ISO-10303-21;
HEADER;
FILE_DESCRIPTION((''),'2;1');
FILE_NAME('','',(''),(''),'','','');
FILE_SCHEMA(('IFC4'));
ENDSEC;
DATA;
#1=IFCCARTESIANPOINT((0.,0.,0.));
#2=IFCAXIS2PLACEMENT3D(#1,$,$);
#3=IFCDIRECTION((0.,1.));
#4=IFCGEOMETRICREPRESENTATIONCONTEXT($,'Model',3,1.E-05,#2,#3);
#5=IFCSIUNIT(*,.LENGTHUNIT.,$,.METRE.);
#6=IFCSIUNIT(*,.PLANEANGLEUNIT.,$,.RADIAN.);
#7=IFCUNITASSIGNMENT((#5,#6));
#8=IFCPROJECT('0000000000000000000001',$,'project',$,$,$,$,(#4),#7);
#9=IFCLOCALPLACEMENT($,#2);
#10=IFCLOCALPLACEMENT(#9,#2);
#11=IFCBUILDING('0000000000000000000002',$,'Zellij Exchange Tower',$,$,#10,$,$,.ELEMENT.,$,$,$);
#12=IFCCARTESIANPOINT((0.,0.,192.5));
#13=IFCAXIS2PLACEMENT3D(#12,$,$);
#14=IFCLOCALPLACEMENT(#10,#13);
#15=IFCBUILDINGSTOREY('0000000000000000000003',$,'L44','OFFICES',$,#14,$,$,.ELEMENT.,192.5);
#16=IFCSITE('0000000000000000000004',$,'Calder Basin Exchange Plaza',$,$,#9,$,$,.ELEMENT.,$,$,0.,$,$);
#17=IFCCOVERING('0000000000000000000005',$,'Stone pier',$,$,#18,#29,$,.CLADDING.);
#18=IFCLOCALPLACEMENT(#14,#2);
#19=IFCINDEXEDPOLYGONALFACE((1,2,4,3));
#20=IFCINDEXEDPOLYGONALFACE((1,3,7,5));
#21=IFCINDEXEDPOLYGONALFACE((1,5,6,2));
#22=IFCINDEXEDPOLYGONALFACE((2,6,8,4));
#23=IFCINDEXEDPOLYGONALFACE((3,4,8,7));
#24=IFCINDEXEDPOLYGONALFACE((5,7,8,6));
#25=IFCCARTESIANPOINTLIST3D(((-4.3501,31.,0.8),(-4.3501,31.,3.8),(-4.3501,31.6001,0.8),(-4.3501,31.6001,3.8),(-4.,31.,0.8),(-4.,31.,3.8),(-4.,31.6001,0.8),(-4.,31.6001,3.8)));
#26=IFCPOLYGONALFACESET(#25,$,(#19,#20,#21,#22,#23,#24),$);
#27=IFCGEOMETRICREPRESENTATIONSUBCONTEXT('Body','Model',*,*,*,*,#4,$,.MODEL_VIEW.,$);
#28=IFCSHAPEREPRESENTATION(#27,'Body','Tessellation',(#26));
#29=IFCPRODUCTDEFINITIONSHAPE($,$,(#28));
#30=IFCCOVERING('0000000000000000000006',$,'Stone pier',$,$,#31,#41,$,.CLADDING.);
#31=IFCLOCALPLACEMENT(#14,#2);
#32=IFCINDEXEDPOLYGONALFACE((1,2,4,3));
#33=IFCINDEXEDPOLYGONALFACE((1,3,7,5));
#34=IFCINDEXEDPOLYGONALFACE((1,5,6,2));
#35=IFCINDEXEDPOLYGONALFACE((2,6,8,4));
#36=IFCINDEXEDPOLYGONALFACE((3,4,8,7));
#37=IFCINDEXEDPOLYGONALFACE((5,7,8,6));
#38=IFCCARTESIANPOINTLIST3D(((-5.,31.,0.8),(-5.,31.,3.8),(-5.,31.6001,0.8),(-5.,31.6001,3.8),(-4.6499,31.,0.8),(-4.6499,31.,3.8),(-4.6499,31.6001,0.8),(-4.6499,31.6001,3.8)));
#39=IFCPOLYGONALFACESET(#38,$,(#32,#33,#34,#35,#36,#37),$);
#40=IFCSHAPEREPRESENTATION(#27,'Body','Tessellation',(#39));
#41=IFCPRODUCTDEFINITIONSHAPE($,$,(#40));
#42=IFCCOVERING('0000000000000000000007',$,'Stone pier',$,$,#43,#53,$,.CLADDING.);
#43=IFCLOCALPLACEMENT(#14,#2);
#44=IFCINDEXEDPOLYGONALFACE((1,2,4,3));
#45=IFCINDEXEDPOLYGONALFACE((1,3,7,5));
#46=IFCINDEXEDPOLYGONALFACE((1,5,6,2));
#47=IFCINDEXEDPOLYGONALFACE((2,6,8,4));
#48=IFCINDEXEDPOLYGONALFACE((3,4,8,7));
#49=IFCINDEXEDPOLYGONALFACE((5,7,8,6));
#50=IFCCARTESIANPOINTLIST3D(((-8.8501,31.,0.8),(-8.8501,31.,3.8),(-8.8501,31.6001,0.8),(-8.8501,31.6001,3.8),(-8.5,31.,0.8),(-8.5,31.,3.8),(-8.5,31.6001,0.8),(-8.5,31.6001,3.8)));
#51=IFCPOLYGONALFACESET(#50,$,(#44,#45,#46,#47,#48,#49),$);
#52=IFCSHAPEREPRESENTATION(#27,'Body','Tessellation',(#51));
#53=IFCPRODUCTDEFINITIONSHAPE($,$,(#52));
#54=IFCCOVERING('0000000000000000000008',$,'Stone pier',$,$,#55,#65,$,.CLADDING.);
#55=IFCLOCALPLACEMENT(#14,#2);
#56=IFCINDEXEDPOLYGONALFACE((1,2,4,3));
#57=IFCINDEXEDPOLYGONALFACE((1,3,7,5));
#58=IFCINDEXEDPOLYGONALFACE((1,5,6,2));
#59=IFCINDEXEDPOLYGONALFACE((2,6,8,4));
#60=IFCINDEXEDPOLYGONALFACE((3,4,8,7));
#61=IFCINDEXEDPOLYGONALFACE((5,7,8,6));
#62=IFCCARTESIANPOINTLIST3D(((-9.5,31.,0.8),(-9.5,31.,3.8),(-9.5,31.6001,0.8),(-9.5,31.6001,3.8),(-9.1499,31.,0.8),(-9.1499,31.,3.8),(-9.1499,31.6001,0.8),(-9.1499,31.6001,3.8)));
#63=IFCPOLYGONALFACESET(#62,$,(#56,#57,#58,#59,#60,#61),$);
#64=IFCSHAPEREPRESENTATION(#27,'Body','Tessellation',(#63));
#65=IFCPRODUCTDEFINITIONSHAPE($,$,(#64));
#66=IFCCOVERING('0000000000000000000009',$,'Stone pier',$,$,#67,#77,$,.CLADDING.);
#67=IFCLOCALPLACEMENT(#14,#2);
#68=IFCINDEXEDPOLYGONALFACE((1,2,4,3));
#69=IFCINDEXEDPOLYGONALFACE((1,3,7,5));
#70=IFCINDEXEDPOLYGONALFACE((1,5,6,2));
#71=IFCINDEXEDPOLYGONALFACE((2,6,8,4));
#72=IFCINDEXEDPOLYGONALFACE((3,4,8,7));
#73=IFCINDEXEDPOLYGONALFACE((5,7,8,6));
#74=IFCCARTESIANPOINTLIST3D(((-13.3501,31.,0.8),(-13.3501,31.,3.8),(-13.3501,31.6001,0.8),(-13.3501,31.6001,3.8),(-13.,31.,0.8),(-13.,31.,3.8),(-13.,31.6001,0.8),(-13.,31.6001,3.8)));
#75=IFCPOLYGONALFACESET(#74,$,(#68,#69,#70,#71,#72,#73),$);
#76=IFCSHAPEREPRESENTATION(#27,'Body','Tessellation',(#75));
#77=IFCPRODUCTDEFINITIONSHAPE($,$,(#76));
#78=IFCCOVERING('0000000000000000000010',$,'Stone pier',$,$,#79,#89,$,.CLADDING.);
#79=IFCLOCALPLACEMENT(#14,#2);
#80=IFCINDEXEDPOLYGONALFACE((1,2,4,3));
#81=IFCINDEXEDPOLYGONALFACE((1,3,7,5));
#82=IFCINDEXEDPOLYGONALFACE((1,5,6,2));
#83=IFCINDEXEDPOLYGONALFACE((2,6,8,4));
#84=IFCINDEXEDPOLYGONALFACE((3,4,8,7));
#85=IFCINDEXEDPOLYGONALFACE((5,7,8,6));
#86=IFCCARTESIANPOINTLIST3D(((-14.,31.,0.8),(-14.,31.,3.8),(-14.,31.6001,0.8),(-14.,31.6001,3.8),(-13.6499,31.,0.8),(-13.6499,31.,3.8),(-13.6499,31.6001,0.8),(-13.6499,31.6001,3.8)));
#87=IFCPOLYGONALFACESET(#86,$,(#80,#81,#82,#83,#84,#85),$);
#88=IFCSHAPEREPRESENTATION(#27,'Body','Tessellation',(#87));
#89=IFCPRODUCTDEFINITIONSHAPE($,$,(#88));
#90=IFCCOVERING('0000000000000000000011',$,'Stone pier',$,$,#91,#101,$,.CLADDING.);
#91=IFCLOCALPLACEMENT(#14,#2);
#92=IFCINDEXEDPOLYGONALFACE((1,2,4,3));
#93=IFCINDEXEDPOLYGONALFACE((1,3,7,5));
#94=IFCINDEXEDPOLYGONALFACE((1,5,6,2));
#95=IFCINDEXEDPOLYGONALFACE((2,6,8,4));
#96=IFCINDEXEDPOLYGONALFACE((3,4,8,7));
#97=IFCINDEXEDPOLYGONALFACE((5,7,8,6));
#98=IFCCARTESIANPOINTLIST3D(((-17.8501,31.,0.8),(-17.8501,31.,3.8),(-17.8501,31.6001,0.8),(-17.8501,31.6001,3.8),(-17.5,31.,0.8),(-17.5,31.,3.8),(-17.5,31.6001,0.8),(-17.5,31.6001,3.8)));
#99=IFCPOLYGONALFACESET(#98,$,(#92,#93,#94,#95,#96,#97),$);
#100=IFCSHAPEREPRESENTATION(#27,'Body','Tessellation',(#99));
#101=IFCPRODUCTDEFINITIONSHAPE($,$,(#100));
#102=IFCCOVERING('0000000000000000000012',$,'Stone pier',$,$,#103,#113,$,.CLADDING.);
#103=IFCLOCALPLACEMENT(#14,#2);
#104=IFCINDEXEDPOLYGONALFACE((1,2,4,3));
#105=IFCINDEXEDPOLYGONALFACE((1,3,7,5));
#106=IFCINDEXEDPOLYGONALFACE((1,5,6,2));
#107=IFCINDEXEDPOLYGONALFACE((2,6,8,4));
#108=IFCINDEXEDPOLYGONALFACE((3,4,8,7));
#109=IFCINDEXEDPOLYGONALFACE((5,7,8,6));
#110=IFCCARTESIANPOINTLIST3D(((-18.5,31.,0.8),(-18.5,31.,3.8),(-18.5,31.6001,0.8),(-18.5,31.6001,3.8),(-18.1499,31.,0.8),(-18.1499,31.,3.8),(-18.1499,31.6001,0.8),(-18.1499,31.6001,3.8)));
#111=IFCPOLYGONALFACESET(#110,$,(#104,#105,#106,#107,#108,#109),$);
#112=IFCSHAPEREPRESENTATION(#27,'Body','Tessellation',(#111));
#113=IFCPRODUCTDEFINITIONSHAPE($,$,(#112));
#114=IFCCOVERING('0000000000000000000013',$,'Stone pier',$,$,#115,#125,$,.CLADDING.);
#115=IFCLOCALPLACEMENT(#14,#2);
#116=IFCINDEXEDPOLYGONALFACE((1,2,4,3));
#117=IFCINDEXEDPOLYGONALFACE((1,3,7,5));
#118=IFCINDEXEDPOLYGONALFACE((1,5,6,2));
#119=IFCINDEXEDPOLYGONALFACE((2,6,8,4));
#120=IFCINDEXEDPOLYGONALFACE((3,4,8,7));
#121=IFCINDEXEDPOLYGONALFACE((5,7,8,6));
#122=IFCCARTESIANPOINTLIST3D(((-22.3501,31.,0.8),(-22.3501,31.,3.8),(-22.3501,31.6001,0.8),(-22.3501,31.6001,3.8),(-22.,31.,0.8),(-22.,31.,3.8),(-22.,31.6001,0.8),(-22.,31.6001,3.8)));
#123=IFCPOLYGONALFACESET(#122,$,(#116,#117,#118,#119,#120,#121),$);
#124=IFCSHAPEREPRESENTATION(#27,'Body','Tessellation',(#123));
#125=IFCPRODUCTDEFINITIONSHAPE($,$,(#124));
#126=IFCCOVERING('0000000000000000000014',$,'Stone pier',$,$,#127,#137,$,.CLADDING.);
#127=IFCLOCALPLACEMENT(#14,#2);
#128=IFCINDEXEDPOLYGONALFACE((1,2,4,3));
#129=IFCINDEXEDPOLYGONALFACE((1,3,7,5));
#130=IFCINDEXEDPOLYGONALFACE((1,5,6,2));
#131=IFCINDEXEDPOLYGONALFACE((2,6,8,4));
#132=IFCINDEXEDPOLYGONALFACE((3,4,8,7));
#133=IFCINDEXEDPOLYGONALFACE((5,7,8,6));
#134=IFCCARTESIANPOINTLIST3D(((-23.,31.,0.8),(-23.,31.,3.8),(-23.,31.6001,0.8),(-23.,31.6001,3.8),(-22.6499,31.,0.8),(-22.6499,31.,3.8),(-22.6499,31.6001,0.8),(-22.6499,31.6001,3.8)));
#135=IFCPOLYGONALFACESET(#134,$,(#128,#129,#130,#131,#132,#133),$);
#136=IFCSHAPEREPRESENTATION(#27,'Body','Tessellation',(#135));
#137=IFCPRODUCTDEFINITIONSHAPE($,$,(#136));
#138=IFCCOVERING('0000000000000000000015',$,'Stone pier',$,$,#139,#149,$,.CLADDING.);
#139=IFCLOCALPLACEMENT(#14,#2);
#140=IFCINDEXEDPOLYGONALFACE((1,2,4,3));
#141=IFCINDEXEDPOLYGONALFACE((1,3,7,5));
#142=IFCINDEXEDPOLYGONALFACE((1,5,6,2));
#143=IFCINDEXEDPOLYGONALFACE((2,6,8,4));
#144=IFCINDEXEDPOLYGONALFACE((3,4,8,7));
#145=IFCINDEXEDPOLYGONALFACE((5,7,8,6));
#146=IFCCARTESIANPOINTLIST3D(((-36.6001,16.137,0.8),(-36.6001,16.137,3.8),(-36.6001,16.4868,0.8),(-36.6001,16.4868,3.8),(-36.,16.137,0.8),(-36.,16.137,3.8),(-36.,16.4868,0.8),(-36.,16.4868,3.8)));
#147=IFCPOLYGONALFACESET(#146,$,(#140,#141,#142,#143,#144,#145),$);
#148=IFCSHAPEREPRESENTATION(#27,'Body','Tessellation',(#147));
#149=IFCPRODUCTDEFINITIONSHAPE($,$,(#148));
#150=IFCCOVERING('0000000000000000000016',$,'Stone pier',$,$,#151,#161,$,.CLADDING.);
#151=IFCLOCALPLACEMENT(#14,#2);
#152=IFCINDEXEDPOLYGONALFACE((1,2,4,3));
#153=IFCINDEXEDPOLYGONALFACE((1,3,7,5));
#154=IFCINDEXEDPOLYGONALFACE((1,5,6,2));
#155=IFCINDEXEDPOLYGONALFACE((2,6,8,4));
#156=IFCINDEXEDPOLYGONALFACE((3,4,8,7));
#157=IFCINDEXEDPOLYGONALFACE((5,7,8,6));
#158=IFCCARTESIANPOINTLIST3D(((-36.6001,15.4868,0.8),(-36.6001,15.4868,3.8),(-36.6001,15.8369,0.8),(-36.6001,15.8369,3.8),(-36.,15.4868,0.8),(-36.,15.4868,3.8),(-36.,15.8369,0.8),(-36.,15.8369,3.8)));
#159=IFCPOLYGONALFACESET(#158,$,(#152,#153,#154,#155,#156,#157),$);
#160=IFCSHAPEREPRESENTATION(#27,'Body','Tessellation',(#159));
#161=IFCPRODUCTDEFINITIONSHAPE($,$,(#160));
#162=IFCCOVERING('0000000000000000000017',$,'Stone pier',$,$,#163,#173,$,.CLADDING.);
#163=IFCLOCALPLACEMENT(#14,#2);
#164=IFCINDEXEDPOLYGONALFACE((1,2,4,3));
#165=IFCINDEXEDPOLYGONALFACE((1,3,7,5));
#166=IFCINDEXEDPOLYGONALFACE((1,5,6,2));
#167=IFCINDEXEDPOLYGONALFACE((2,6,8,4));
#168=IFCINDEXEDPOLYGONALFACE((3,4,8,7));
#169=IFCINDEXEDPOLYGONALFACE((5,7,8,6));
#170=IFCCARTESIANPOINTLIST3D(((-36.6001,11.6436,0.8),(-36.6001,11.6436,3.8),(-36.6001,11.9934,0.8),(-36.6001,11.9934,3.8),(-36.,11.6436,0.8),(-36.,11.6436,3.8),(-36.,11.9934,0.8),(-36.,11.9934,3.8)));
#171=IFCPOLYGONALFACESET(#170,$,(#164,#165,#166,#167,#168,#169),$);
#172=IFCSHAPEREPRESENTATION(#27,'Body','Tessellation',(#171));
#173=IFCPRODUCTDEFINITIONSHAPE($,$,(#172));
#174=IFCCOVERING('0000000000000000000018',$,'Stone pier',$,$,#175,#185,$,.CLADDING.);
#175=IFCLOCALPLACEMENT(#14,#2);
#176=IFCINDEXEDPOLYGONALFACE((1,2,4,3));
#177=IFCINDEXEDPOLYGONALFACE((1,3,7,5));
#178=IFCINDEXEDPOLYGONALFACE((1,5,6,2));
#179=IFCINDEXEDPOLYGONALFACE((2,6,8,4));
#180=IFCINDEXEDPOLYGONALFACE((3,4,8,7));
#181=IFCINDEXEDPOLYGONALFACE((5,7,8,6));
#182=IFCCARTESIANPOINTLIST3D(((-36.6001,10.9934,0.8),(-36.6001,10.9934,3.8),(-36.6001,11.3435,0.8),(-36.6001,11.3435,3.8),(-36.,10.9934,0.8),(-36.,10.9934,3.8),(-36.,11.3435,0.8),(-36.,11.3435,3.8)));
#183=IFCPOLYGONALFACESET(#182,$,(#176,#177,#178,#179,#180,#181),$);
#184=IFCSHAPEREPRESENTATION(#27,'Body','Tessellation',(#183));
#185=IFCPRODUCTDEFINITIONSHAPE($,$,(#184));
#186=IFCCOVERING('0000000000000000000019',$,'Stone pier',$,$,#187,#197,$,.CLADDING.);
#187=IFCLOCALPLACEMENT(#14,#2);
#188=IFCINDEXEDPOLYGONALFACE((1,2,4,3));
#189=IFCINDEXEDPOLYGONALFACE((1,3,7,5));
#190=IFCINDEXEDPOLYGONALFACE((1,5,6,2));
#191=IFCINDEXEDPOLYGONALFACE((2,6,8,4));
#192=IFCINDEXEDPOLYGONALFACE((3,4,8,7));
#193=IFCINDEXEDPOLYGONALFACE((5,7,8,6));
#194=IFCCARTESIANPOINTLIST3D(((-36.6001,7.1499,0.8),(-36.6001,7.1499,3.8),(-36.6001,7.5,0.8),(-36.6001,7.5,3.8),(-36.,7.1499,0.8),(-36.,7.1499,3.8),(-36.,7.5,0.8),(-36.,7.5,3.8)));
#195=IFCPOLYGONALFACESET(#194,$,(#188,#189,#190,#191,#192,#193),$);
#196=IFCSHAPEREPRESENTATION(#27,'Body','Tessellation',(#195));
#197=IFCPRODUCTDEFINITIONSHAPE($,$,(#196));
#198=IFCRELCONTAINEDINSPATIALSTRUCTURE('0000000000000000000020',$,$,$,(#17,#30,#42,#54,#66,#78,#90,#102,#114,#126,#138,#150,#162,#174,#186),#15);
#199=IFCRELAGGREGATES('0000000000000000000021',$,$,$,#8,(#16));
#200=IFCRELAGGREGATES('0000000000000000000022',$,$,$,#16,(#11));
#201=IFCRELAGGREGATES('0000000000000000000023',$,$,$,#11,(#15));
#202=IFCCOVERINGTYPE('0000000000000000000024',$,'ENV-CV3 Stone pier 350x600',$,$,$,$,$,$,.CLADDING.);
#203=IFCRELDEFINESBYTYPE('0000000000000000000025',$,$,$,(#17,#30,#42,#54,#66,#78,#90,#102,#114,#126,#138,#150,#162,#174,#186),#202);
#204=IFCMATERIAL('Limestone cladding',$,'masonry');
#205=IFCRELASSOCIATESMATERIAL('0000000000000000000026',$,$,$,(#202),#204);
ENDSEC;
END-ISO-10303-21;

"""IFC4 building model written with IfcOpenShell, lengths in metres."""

from ifc_helpers import new_model, si_unit, direction, frame, origin, place, context, subcontext, project, spatial, polyline, outline, extrude, material, type_object, element, save


model = new_model("IFC4")

# Units and contexts
model_context = context("Model", 3, precision=1e-05, world=origin(), true_north=direction((0.0, 1.0)))
body_context = subcontext(model_context, "Body", "Model", "MODEL_VIEW")
ifc_project = project(units=[si_unit("LENGTHUNIT", "METRE"), si_unit("PLANEANGLEUNIT", "RADIAN")], contexts=[model_context])

# Site, building, storey
site_placement = place(None, origin())
site = spatial("IfcSite", under=ifc_project, at=site_placement, Name="Calder Basin Exchange Plaza", CompositionType="ELEMENT", RefElevation=0.0)
building_placement = place(site_placement, origin())
building = spatial("IfcBuilding", under=site, at=building_placement, Name="Zellij Exchange Tower", CompositionType="ELEMENT")
storey_placement = place(building_placement, frame((0.0, 0.0, 192.5)))
storey = spatial("IfcBuildingStorey", under=building, at=storey_placement, Name="L44", Description="OFFICES", CompositionType="ELEMENT", Elevation=192.5)

# Coverings
ifc_material = material(Name="Limestone cladding", Category="masonry")
covering_type_1 = type_object("IfcCoveringType", Name="ENV-CV3 Stone pier 350x600", PredefinedType="CLADDING", material=ifc_material)
covering_1_placement = place(storey_placement, frame((0.0, 0.0, 0.8)))
element("IfcCovering", 1, at=covering_1_placement, inside=storey, type_object=covering_type_1, Name="Stone pier", PredefinedType="CLADDING", context=body_context, shape_type="SweptSolid", body=[
    extrude(outline(polyline([(-4.0, 31.0), (-4.3501, 31.0), (-4.3501, 31.6001), (-4.0, 31.6001), (-4.0, 31.0)])), origin(), (0.0, 0.0, 1.0), 3.0),
])
covering_2_placement = place(storey_placement, frame((0.0, 0.0, 0.8)))
element("IfcCovering", 2, at=covering_2_placement, inside=storey, type_object=covering_type_1, Name="Stone pier", PredefinedType="CLADDING", context=body_context, shape_type="SweptSolid", body=[
    extrude(outline(polyline([(-4.6499, 31.0), (-5.0, 31.0), (-5.0, 31.6001), (-4.6499, 31.6001), (-4.6499, 31.0)])), origin(), (0.0, 0.0, 1.0), 3.0),
])
covering_3_placement = place(storey_placement, frame((0.0, 0.0, 0.8)))
element("IfcCovering", 3, at=covering_3_placement, inside=storey, type_object=covering_type_1, Name="Stone pier", PredefinedType="CLADDING", context=body_context, shape_type="SweptSolid", body=[
    extrude(outline(polyline([(-8.5, 31.0), (-8.8501, 31.0), (-8.8501, 31.6001), (-8.5, 31.6001), (-8.5, 31.0)])), origin(), (0.0, 0.0, 1.0), 3.0),
])
covering_4_placement = place(storey_placement, frame((0.0, 0.0, 0.8)))
element("IfcCovering", 4, at=covering_4_placement, inside=storey, type_object=covering_type_1, Name="Stone pier", PredefinedType="CLADDING", context=body_context, shape_type="SweptSolid", body=[
    extrude(outline(polyline([(-9.1499, 31.0), (-9.5, 31.0), (-9.5, 31.6001), (-9.1499, 31.6001), (-9.1499, 31.0)])), origin(), (0.0, 0.0, 1.0), 3.0),
])
covering_5_placement = place(storey_placement, frame((0.0, 0.0, 0.8)))
element("IfcCovering", 5, at=covering_5_placement, inside=storey, type_object=covering_type_1, Name="Stone pier", PredefinedType="CLADDING", context=body_context, shape_type="SweptSolid", body=[
    extrude(outline(polyline([(-13.0, 31.0), (-13.3501, 31.0), (-13.3501, 31.6001), (-13.0, 31.6001), (-13.0, 31.0)])), origin(), (0.0, 0.0, 1.0), 3.0),
])
covering_6_placement = place(storey_placement, frame((0.0, 0.0, 0.8)))
element("IfcCovering", 6, at=covering_6_placement, inside=storey, type_object=covering_type_1, Name="Stone pier", PredefinedType="CLADDING", context=body_context, shape_type="SweptSolid", body=[
    extrude(outline(polyline([(-13.6499, 31.0), (-14.0, 31.0), (-14.0, 31.6001), (-13.6499, 31.6001), (-13.6499, 31.0)])), origin(), (0.0, 0.0, 1.0), 3.0),
])
covering_7_placement = place(storey_placement, frame((0.0, 0.0, 0.8)))
element("IfcCovering", 7, at=covering_7_placement, inside=storey, type_object=covering_type_1, Name="Stone pier", PredefinedType="CLADDING", context=body_context, shape_type="SweptSolid", body=[
    extrude(outline(polyline([(-17.5, 31.0), (-17.8501, 31.0), (-17.8501, 31.6001), (-17.5, 31.6001), (-17.5, 31.0)])), origin(), (0.0, 0.0, 1.0), 3.0),
])
covering_8_placement = place(storey_placement, frame((0.0, 0.0, 0.8)))
element("IfcCovering", 8, at=covering_8_placement, inside=storey, type_object=covering_type_1, Name="Stone pier", PredefinedType="CLADDING", context=body_context, shape_type="SweptSolid", body=[
    extrude(outline(polyline([(-18.1499, 31.0), (-18.5, 31.0), (-18.5, 31.6001), (-18.1499, 31.6001), (-18.1499, 31.0)])), origin(), (0.0, 0.0, 1.0), 3.0),
])
covering_9_placement = place(storey_placement, frame((0.0, 0.0, 0.8)))
element("IfcCovering", 9, at=covering_9_placement, inside=storey, type_object=covering_type_1, Name="Stone pier", PredefinedType="CLADDING", context=body_context, shape_type="SweptSolid", body=[
    extrude(outline(polyline([(-22.0, 31.0), (-22.3501, 31.0), (-22.3501, 31.6001), (-22.0, 31.6001), (-22.0, 31.0)])), origin(), (0.0, 0.0, 1.0), 3.0),
])
covering_10_placement = place(storey_placement, frame((0.0, 0.0, 0.8)))
element("IfcCovering", 10, at=covering_10_placement, inside=storey, type_object=covering_type_1, Name="Stone pier", PredefinedType="CLADDING", context=body_context, shape_type="SweptSolid", body=[
    extrude(outline(polyline([(-22.6499, 31.0), (-23.0, 31.0), (-23.0, 31.6001), (-22.6499, 31.6001), (-22.6499, 31.0)])), origin(), (0.0, 0.0, 1.0), 3.0),
])
covering_11_placement = place(storey_placement, frame((0.0, 0.0, 0.8)))
element("IfcCovering", 11, at=covering_11_placement, inside=storey, type_object=covering_type_1, Name="Stone pier", PredefinedType="CLADDING", context=body_context, shape_type="SweptSolid", body=[
    extrude(outline(polyline([(-36.0, 16.4868), (-36.0, 16.137), (-36.6001, 16.137), (-36.6001, 16.4868), (-36.0, 16.4868)])), origin(), (0.0, 0.0, 1.0), 3.0),
])
covering_12_placement = place(storey_placement, frame((0.0, 0.0, 0.8)))
element("IfcCovering", 12, at=covering_12_placement, inside=storey, type_object=covering_type_1, Name="Stone pier", PredefinedType="CLADDING", context=body_context, shape_type="SweptSolid", body=[
    extrude(outline(polyline([(-36.0, 15.8369), (-36.0, 15.4868), (-36.6001, 15.4868), (-36.6001, 15.8369), (-36.0, 15.8369)])), origin(), (0.0, 0.0, 1.0), 3.0),
])
covering_13_placement = place(storey_placement, frame((0.0, 0.0, 0.8)))
element("IfcCovering", 13, at=covering_13_placement, inside=storey, type_object=covering_type_1, Name="Stone pier", PredefinedType="CLADDING", context=body_context, shape_type="SweptSolid", body=[
    extrude(outline(polyline([(-36.0, 11.9934), (-36.0, 11.6436), (-36.6001, 11.6436), (-36.6001, 11.9934), (-36.0, 11.9934)])), origin(), (0.0, 0.0, 1.0), 3.0),
])
covering_14_placement = place(storey_placement, frame((0.0, 0.0, 0.8)))
element("IfcCovering", 14, at=covering_14_placement, inside=storey, type_object=covering_type_1, Name="Stone pier", PredefinedType="CLADDING", context=body_context, shape_type="SweptSolid", body=[
    extrude(outline(polyline([(-36.0, 11.3435), (-36.0, 10.9934), (-36.6001, 10.9934), (-36.6001, 11.3435), (-36.0, 11.3435)])), origin(), (0.0, 0.0, 1.0), 3.0),
])
covering_15_placement = place(storey_placement, frame((0.0, 0.0, 0.8)))
element("IfcCovering", 15, at=covering_15_placement, inside=storey, type_object=covering_type_1, Name="Stone pier", PredefinedType="CLADDING", context=body_context, shape_type="SweptSolid", body=[
    extrude(outline(polyline([(-36.0, 7.5), (-36.0, 7.1499), (-36.6001, 7.1499), (-36.6001, 7.5), (-36.0, 7.5)])), origin(), (0.0, 0.0, 1.0), 3.0),
])

save(model, "model.ifc")
